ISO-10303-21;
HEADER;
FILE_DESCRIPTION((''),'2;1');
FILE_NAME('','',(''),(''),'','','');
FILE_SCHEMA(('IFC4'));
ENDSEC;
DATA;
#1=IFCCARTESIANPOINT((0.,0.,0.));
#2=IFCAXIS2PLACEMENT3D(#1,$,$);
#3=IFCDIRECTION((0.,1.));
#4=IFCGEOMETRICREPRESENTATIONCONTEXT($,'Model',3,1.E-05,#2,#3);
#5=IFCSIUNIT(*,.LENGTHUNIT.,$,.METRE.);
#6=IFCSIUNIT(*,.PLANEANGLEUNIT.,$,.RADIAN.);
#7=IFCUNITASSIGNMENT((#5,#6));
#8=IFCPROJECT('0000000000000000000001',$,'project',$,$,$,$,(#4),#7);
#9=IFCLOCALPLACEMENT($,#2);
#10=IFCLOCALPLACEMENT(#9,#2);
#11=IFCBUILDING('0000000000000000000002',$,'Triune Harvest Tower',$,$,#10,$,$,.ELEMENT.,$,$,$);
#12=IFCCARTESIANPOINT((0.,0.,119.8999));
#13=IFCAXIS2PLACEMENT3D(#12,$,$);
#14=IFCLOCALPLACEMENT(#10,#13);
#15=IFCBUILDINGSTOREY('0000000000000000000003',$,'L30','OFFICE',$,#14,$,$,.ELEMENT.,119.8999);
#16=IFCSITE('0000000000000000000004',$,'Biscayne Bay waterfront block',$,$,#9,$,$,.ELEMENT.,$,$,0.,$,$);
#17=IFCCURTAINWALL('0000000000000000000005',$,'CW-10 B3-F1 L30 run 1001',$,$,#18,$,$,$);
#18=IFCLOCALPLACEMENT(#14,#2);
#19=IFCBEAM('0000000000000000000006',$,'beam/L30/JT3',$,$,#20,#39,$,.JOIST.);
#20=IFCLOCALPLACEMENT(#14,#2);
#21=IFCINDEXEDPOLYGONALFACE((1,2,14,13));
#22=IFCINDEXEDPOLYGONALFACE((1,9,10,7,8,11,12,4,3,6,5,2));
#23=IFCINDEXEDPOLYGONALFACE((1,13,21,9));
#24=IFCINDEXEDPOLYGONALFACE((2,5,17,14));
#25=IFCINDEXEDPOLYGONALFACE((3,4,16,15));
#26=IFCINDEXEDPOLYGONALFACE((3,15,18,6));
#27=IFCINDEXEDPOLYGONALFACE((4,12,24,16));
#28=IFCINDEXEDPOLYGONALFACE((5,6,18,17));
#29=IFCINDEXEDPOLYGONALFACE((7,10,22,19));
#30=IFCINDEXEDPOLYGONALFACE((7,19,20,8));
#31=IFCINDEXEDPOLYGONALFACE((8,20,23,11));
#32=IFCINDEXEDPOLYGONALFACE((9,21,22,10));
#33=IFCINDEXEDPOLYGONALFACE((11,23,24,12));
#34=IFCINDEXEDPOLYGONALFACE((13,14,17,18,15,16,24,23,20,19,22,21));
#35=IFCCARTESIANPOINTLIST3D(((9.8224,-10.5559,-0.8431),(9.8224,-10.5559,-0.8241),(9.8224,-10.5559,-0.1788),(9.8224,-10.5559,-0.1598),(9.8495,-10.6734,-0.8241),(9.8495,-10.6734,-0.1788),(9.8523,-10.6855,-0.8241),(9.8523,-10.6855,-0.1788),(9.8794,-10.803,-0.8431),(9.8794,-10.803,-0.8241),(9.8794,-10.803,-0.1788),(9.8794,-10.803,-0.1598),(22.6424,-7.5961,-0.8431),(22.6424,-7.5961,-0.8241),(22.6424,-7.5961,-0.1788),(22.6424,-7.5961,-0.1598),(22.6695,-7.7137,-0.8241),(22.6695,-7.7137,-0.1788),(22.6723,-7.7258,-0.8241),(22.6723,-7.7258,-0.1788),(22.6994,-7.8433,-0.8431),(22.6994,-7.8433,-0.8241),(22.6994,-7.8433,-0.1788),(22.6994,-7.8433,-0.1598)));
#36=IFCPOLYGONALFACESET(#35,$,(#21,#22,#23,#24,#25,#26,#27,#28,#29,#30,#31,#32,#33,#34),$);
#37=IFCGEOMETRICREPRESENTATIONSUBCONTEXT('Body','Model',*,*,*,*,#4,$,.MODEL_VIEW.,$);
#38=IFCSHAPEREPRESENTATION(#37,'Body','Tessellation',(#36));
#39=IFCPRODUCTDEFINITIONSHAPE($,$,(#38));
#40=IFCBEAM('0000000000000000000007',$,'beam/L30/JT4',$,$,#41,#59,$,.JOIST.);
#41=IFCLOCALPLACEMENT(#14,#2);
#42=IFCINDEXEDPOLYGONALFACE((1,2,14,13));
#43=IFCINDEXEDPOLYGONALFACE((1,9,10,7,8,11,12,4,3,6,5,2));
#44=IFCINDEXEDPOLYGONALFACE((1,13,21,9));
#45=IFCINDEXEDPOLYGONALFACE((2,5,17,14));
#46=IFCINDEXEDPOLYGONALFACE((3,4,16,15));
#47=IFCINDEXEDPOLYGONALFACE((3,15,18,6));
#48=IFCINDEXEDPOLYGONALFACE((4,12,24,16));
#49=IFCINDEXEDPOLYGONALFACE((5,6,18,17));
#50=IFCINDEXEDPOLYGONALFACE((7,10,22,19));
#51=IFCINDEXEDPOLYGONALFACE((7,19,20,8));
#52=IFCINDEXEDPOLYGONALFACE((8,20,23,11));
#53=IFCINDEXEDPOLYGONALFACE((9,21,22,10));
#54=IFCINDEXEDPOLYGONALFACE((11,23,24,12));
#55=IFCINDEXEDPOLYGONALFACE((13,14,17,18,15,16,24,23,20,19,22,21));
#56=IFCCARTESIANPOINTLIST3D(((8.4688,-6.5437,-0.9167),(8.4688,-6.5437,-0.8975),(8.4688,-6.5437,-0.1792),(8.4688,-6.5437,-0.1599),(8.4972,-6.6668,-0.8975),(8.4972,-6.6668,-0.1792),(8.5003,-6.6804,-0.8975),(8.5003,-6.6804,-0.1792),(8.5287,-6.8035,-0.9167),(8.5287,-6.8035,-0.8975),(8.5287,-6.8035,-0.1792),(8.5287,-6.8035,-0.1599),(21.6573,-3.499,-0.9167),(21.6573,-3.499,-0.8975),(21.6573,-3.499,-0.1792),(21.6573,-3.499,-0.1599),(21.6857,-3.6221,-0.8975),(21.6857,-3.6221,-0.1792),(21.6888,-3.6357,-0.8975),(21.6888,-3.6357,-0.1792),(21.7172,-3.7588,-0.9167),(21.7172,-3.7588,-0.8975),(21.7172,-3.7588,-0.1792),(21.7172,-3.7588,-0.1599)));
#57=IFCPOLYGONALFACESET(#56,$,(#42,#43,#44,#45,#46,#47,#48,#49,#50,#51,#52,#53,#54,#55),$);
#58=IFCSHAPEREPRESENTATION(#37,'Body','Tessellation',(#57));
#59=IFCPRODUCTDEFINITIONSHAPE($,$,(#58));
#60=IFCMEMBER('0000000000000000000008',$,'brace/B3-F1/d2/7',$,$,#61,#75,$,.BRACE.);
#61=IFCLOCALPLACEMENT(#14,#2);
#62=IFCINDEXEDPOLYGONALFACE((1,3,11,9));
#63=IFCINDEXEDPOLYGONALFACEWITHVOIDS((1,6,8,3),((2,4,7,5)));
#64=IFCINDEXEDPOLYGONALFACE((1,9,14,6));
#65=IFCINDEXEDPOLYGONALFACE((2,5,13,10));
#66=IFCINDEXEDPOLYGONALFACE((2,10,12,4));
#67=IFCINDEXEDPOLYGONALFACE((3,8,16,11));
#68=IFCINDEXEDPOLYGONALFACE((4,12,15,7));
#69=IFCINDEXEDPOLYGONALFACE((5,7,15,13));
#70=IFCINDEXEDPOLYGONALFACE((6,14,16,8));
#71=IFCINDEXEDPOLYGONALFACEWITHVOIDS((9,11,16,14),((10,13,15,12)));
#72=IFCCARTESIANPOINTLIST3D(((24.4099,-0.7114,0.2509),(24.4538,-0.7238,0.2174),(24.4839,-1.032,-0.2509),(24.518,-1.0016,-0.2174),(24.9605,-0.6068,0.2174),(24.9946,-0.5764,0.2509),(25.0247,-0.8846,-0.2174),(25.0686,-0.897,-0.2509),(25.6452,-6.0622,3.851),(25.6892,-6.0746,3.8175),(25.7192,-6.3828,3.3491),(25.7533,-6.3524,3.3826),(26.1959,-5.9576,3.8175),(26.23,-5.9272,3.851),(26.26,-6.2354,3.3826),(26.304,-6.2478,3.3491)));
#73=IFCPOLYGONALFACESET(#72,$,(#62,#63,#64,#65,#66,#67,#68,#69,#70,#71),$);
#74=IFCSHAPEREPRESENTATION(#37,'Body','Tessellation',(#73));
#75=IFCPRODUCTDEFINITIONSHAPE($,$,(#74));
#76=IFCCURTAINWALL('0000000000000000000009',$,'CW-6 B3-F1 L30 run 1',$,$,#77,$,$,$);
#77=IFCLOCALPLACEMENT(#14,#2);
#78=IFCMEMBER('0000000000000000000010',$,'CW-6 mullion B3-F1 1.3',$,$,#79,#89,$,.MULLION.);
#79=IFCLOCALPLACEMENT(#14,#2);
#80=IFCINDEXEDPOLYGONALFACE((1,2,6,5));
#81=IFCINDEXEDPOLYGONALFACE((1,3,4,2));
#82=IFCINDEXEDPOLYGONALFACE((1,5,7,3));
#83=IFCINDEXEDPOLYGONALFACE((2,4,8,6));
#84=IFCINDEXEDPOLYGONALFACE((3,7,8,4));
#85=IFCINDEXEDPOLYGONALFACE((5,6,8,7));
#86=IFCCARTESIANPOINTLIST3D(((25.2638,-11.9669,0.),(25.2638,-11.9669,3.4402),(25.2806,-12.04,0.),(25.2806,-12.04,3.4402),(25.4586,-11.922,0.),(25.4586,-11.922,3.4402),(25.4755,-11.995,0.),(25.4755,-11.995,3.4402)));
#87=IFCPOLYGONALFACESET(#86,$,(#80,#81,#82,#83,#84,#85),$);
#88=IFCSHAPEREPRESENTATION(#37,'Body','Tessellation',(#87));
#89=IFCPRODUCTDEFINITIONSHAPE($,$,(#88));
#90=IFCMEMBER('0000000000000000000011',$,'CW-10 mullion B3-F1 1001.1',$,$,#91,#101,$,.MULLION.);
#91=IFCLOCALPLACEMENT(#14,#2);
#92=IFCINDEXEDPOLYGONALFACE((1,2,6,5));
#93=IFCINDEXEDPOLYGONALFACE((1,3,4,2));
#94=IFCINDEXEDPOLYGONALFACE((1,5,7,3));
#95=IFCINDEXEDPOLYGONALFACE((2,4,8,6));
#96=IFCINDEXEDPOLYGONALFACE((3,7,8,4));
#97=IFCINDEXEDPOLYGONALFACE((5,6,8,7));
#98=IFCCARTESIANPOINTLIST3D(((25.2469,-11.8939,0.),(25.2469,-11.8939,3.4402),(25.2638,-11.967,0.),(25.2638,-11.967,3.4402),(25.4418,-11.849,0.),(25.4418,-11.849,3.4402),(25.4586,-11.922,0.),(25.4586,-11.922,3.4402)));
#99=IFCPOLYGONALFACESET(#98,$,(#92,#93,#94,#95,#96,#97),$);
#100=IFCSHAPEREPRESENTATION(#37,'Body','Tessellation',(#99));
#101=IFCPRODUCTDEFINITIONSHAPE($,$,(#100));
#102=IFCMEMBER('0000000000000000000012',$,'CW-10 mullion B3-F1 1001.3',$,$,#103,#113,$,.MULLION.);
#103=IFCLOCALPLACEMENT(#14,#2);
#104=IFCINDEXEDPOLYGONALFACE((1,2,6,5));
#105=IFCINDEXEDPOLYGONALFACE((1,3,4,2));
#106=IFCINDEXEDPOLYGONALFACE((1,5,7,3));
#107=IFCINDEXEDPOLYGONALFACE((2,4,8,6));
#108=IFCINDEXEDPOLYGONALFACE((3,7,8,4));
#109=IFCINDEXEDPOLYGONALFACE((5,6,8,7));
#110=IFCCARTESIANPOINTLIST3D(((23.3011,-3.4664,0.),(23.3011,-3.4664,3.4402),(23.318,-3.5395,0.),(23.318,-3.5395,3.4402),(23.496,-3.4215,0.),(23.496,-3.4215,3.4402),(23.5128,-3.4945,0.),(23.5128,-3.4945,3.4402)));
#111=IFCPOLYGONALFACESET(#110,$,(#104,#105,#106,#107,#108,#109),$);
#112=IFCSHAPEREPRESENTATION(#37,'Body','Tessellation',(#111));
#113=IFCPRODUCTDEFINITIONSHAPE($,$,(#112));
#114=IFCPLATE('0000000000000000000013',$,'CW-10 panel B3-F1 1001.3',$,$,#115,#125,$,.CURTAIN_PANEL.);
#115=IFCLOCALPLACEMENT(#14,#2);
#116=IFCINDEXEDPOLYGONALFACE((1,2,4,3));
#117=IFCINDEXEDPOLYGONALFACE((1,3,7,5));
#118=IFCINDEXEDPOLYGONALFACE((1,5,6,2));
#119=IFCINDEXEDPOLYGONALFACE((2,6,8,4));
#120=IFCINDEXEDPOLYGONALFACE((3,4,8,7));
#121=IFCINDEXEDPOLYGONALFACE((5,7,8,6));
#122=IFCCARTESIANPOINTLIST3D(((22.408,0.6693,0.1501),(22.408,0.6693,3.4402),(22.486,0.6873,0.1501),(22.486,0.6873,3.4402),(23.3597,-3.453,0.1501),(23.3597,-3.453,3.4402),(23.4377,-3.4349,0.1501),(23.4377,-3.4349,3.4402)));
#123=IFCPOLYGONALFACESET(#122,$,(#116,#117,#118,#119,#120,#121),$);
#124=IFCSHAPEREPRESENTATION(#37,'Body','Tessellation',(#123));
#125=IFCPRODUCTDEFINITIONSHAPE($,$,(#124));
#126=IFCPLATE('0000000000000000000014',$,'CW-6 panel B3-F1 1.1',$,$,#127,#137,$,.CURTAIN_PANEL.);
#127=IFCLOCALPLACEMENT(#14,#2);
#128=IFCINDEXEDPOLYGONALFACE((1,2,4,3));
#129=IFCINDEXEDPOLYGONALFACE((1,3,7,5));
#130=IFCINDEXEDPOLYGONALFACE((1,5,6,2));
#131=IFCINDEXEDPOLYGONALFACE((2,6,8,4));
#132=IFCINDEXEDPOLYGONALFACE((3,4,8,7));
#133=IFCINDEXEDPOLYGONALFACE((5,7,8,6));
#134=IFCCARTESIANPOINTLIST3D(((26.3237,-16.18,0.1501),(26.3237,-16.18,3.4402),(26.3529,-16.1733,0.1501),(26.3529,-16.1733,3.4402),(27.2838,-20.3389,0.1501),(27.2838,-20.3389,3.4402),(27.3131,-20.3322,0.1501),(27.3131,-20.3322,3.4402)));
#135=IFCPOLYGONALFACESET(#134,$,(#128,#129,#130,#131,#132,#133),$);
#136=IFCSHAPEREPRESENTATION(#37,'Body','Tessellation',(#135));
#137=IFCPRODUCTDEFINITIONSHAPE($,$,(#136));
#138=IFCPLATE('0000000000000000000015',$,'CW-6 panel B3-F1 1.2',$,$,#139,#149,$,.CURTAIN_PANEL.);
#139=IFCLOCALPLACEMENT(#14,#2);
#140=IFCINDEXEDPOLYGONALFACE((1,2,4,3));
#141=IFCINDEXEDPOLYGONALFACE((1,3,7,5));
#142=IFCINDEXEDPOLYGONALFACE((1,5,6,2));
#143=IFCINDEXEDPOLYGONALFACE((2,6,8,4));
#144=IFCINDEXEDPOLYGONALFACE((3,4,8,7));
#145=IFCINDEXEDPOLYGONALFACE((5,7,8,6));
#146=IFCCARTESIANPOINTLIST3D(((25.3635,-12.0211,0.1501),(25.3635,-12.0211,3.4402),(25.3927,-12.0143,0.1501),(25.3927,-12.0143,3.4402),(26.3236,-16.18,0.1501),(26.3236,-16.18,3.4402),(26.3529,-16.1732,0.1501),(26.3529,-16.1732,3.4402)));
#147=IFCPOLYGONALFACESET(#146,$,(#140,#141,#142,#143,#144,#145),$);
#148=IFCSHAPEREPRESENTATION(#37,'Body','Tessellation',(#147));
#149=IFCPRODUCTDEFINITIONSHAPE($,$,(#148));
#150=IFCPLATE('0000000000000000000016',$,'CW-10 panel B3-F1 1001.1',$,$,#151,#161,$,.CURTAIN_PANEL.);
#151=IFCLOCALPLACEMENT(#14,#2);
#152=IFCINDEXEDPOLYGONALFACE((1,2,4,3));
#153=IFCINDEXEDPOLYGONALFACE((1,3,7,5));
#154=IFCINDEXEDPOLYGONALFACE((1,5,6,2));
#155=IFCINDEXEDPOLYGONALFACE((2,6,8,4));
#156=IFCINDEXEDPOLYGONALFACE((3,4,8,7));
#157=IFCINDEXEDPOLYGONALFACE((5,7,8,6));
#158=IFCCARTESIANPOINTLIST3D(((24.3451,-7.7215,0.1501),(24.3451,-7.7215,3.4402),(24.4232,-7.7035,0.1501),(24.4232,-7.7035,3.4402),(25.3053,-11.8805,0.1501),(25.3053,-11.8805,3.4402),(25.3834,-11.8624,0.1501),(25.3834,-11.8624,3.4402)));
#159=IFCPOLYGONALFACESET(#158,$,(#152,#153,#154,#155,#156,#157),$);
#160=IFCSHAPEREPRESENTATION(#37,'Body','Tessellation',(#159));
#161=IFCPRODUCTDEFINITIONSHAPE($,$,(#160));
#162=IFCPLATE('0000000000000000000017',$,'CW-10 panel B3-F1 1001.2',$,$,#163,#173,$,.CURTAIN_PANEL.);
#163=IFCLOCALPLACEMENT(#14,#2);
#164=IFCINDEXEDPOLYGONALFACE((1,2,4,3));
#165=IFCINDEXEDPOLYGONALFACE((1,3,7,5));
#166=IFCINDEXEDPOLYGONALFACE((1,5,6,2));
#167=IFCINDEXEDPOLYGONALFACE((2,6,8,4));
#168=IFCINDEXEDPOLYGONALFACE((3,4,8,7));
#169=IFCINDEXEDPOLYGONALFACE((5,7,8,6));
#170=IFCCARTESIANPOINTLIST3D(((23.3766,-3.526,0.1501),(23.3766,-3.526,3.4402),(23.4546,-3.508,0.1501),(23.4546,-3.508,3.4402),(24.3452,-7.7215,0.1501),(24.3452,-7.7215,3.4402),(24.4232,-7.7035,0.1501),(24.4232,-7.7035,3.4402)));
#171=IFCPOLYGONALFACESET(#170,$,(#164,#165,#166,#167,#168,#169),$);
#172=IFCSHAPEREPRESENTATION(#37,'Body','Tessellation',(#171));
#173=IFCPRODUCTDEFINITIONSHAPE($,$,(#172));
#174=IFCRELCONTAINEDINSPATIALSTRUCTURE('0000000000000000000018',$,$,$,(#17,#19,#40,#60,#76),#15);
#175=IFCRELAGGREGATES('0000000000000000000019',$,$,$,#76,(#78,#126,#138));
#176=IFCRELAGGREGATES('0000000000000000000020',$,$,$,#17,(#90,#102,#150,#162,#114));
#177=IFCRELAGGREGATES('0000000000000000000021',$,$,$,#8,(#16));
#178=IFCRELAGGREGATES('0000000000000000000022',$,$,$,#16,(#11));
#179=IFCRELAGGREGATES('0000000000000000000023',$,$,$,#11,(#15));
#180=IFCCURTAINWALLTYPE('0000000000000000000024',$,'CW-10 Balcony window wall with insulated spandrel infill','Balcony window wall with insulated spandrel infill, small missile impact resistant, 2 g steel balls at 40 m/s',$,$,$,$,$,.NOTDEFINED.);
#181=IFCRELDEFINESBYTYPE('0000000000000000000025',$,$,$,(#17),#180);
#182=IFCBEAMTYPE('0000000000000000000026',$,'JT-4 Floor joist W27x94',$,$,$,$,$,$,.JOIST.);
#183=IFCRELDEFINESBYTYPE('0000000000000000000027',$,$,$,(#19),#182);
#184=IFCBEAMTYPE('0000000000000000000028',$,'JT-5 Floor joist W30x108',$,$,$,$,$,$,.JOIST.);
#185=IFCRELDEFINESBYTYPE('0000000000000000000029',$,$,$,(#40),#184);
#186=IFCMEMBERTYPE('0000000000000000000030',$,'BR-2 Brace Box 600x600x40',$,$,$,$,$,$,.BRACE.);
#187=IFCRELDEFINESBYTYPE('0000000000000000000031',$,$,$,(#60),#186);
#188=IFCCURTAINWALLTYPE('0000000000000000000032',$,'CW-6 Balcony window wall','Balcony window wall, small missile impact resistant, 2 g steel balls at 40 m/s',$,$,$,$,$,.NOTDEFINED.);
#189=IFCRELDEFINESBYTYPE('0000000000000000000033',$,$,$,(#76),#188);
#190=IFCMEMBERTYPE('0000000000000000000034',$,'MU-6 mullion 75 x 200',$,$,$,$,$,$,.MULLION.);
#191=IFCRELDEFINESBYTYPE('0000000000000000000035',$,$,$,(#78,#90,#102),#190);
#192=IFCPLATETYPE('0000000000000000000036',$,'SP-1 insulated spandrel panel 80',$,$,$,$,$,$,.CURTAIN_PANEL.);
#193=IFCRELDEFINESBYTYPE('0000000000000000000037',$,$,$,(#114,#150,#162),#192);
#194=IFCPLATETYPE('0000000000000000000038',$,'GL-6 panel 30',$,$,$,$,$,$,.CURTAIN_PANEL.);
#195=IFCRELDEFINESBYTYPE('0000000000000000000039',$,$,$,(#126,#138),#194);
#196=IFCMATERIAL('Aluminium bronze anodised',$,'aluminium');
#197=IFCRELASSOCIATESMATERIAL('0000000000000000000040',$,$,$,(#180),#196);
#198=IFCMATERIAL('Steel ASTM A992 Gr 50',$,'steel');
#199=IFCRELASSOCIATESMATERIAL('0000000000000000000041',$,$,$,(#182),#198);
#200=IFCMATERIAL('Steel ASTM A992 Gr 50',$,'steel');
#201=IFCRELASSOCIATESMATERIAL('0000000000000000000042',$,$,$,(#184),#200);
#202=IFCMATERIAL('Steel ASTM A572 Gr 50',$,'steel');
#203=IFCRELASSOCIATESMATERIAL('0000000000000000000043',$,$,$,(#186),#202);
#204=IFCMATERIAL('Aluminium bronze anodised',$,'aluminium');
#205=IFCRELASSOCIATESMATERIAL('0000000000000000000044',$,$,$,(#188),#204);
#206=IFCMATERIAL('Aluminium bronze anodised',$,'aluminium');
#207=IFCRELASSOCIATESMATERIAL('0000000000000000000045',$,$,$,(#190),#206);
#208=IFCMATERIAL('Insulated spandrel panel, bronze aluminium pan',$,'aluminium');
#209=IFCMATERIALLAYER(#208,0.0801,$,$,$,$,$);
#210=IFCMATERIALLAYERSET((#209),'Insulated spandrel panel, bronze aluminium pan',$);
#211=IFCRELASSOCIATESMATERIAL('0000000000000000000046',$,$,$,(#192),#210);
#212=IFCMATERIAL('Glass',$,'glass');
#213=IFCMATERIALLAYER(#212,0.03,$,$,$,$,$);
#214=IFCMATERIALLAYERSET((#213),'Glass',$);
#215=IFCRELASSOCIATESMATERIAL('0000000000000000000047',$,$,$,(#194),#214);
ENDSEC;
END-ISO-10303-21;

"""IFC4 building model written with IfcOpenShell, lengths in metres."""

from ifc_helpers import new_model, si_unit, direction, frame, origin, origin_2d, place, context, subcontext, project, spatial, rectangle, hollow_rectangle, i_section, extrude, source, transform, mapped, material, layer, layer_set, material_profile, profile_set, type_object, element, aggregate, save


model = new_model("IFC4")

# Units and contexts
model_context = context("Model", 3, precision=1e-05, world=origin(), true_north=direction((0.0, 1.0)))
body_context = subcontext(model_context, "Body", "Model", "MODEL_VIEW")
ifc_project = project(units=[si_unit("LENGTHUNIT", "METRE"), si_unit("PLANEANGLEUNIT", "RADIAN")], contexts=[model_context])

# Site, building, storey
site_placement = place(None, origin())
site = spatial("IfcSite", under=ifc_project, at=site_placement, Name="Biscayne Bay waterfront block", CompositionType="ELEMENT", RefElevation=0.0)
building_placement = place(site_placement, origin())
building = spatial("IfcBuilding", under=site, at=building_placement, Name="Triune Harvest Tower", CompositionType="ELEMENT")
storey_placement = place(building_placement, frame((0.0, 0.0, 119.8999)))
storey = spatial("IfcBuildingStorey", under=building, at=storey_placement, Name="L30", Description="OFFICE", CompositionType="ELEMENT", Elevation=119.8999)

# Curtain wall
ifc_material_1 = material(Name="Aluminium bronze anodised", Category="aluminium")
curtain_wall_type_1 = type_object("IfcCurtainWallType", Name="CW-10 Balcony window wall with insulated spandrel infill", Description="Balcony window wall with insulated spandrel infill, small missile impact resistant, 2 g steel balls at 40 m/s", PredefinedType="NOTDEFINED", material=ifc_material_1)
curtain_wall_1_placement = place(storey_placement, origin())
curtain_wall_1 = element("IfcCurtainWall", 1, at=curtain_wall_1_placement, inside=storey, type_object=curtain_wall_type_1, Name="CW-10 B3-F1 L30 run 1001")

# Beams
ifc_material_2 = material(Name="Steel ASTM A992 Gr 50", Category="steel")
ifc_material_profile_1 = material_profile(ifc_material_2, i_section(OverallWidth=0.2537, OverallDepth=0.6833, WebThickness=0.0125, FlangeThickness=0.019, at=origin_2d()), Name="W27x94")
ifc_profile_set_1 = profile_set([ifc_material_profile_1], Name="Steel ASTM A992 Gr 50")
beam_type_1 = type_object("IfcBeamType", Name="JT-4 Floor joist W27x94", PredefinedType="JOIST", material=ifc_profile_set_1)
shared_shape_1 = source(origin(), body_context, "Body", "SweptSolid", [
    extrude(i_section(OverallWidth=0.2537, OverallDepth=0.6833, WebThickness=0.0125, FlangeThickness=0.019, at=origin_2d()), origin(), (0.0, 0.0, 1.0), 13.1572),
])
beam_1_placement = place(storey_placement, frame((22.6709, -7.7197, -0.5015), z_axis=(-0.974371, -0.224949, 0.0), x_axis=(0.224949, -0.974371, 0.0)))
element("IfcBeam", 2, at=beam_1_placement, inside=storey, type_object=beam_type_1, Name="beam/L30/JT3", PredefinedType="JOIST", context=body_context, shape_type="MappedRepresentation", body=[
    mapped(shared_shape_1, transform((0.0, 0.0, 0.0), scale=1.0)),
])
ifc_material_3 = material(Name="Steel ASTM A992 Gr 50", Category="steel")
ifc_material_profile_2 = material_profile(ifc_material_3, i_section(OverallWidth=0.2666, OverallDepth=0.7568, WebThickness=0.0139, FlangeThickness=0.0193, at=origin_2d()), Name="W30x108")
ifc_profile_set_2 = profile_set([ifc_material_profile_2], Name="Steel ASTM A992 Gr 50")
beam_type_2 = type_object("IfcBeamType", Name="JT-5 Floor joist W30x108", PredefinedType="JOIST", material=ifc_profile_set_2)
shared_shape_2 = source(origin(), body_context, "Body", "SweptSolid", [
    extrude(i_section(OverallWidth=0.2666, OverallDepth=0.7568, WebThickness=0.0139, FlangeThickness=0.0193, at=origin_2d()), origin(), (0.0, 0.0, 1.0), 13.5354),
])
beam_2_placement = place(storey_placement, frame((21.6873, -3.6289, -0.5383), z_axis=(-0.974372, -0.224942, 0.0), x_axis=(0.224942, -0.974372, 0.0)))
element("IfcBeam", 3, at=beam_2_placement, inside=storey, type_object=beam_type_2, Name="beam/L30/JT4", PredefinedType="JOIST", context=body_context, shape_type="MappedRepresentation", body=[
    mapped(shared_shape_2, transform((0.0, 0.0, 0.0), scale=1.0)),
])

# Member
ifc_material_4 = material(Name="Steel ASTM A572 Gr 50", Category="steel")
ifc_material_profile_3 = material_profile(ifc_material_4, hollow_rectangle(XDim=0.6001, YDim=0.6001, WallThickness=0.04, at=origin_2d()), Name="Box 600x600x40")
ifc_profile_set_3 = profile_set([ifc_material_profile_3], Name="Steel ASTM A572 Gr 50")
member_type_1 = type_object("IfcMemberType", Name="BR-2 Brace Box 600x600x40", PredefinedType="BRACE", material=ifc_profile_set_3)
shared_shape_3 = source(origin(), body_context, "Body", "SweptSolid", [
    extrude(hollow_rectangle(XDim=0.6001, YDim=0.6001, WallThickness=0.04, at=origin_2d()), origin(), (0.0, 0.0, 1.0), 6.5664),
])
member_1_placement = place(storey_placement, frame((24.7393, -0.8042, 0.0), z_axis=(0.188131, -0.814875, 0.548257), x_axis=(0.974369, 0.224954, 0.0)))
element("IfcMember", 4, at=member_1_placement, inside=storey, type_object=member_type_1, Name="brace/B3-F1/d2/7", PredefinedType="BRACE", context=body_context, shape_type="MappedRepresentation", body=[
    mapped(shared_shape_3, transform((0.0, 0.0, 0.0), scale=1.0)),
])

# Curtain wall, member
ifc_material_5 = material(Name="Aluminium bronze anodised", Category="aluminium")
curtain_wall_type_2 = type_object("IfcCurtainWallType", Name="CW-6 Balcony window wall", Description="Balcony window wall, small missile impact resistant, 2 g steel balls at 40 m/s", PredefinedType="NOTDEFINED", material=ifc_material_5)
curtain_wall_2_placement = place(storey_placement, origin())
curtain_wall_2 = element("IfcCurtainWall", 5, at=curtain_wall_2_placement, inside=storey, type_object=curtain_wall_type_2, Name="CW-6 B3-F1 L30 run 1")
ifc_material_6 = material(Name="Aluminium bronze anodised", Category="aluminium")
ifc_material_profile_4 = material_profile(ifc_material_6, rectangle(XDim=0.2, YDim=0.075, at=origin_2d()), Name="MU-6 mullion 75 x 200")
ifc_profile_set_4 = profile_set([ifc_material_profile_4], Name="Aluminium bronze anodised")
member_type_2 = type_object("IfcMemberType", Name="MU-6 mullion 75 x 200", PredefinedType="MULLION", material=ifc_profile_set_4)
shared_shape_4 = source(origin(), body_context, "Body", "SweptSolid", [
    extrude(rectangle(XDim=0.2, YDim=0.075, at=origin_2d()), origin(), (0.0, 0.0, 1.0), 3.4402),
])
member_2_placement = place(storey_placement, frame((25.3696, -11.981, 0.0), z_axis=(0.0, 0.0, 1.0), x_axis=(-0.974371, -0.224947, 0.0)))
member_2 = element("IfcMember", 6, at=member_2_placement, type_object=member_type_2, Name="CW-6 mullion B3-F1 1.3", PredefinedType="MULLION", context=body_context, shape_type="MappedRepresentation", body=[
    mapped(shared_shape_4, transform((0.0, 0.0, 0.0), scale=1.0)),
])

# Members
member_3_placement = place(storey_placement, frame((25.3528, -11.908, 0.0), z_axis=(0.0, 0.0, 1.0), x_axis=(-0.974368, -0.224958, 0.0)))
member_3 = element("IfcMember", 7, at=member_3_placement, type_object=member_type_2, Name="CW-10 mullion B3-F1 1001.1", PredefinedType="MULLION", context=body_context, shape_type="MappedRepresentation", body=[
    mapped(shared_shape_4, transform((0.0, 0.0, 0.0), scale=1.0)),
])
member_4_placement = place(storey_placement, frame((23.407, -3.4805, 0.0), z_axis=(0.0, 0.0, 1.0), x_axis=(-0.974368, -0.224958, 0.0)))
member_4 = element("IfcMember", 8, at=member_4_placement, type_object=member_type_2, Name="CW-10 mullion B3-F1 1001.3", PredefinedType="MULLION", context=body_context, shape_type="MappedRepresentation", body=[
    mapped(shared_shape_4, transform((0.0, 0.0, 0.0), scale=1.0)),
])

# Plates
ifc_material_7 = material(Name="Insulated spandrel panel, bronze aluminium pan", Category="aluminium")
ifc_layer_1 = layer(ifc_material_7, 0.0801)
ifc_layer_set_1 = layer_set([ifc_layer_1], Name="Insulated spandrel panel, bronze aluminium pan")
plate_type_1 = type_object("IfcPlateType", Name="SP-1 insulated spandrel panel 80", PredefinedType="CURTAIN_PANEL", material=ifc_layer_set_1)
plate_1_placement = place(storey_placement, frame((22.9229, -1.3828, 0.1501), z_axis=(0.0, 0.0, 1.0), x_axis=(-0.224958, 0.974368, 0.0)))
plate_1 = element("IfcPlate", 9, at=plate_1_placement, type_object=plate_type_1, Name="CW-10 panel B3-F1 1001.3", PredefinedType="CURTAIN_PANEL", context=body_context, shape_type="SweptSolid", body=[
    extrude(rectangle(XDim=4.2307, YDim=0.0801, at=origin_2d()), origin(), (0.0, 0.0, 1.0), 3.29),
])
ifc_material_8 = material(Name="Glass", Category="glass")
ifc_layer_2 = layer(ifc_material_8, 0.03)
ifc_layer_set_2 = layer_set([ifc_layer_2], Name="Glass")
plate_type_2 = type_object("IfcPlateType", Name="GL-6 panel 30", PredefinedType="CURTAIN_PANEL", material=ifc_layer_set_2)
shared_shape_5 = source(origin(), body_context, "Body", "SweptSolid", [
    extrude(rectangle(XDim=4.2683, YDim=0.03, at=origin_2d()), origin(), (0.0, 0.0, 1.0), 3.29),
])
plate_2_placement = place(storey_placement, frame((26.8184, -18.2561, 0.1501), z_axis=(0.0, 0.0, 1.0), x_axis=(-0.224947, 0.974371, 0.0)))
plate_2 = element("IfcPlate", 10, at=plate_2_placement, type_object=plate_type_2, Name="CW-6 panel B3-F1 1.1", PredefinedType="CURTAIN_PANEL", context=body_context, shape_type="MappedRepresentation", body=[
    mapped(shared_shape_5, transform((0.0, 0.0, 0.0), scale=1.0)),
])
plate_3_placement = place(storey_placement, frame((25.8582, -14.0972, 0.1501), z_axis=(0.0, 0.0, 1.0), x_axis=(-0.224947, 0.974371, 0.0)))
plate_3 = element("IfcPlate", 11, at=plate_3_placement, type_object=plate_type_2, Name="CW-6 panel B3-F1 1.2", PredefinedType="CURTAIN_PANEL", context=body_context, shape_type="MappedRepresentation", body=[
    mapped(shared_shape_5, transform((0.0, 0.0, 0.0), scale=1.0)),
])
aggregate(curtain_wall_2, [member_2, plate_2, plate_3])
shared_shape_6 = source(origin(), body_context, "Body", "SweptSolid", [
    extrude(rectangle(XDim=4.2683, YDim=0.0801, at=origin_2d()), origin(), (0.0, 0.0, 1.0), 3.29),
])
plate_4_placement = place(storey_placement, frame((24.8643, -9.792, 0.1501), z_axis=(0.0, 0.0, 1.0), x_axis=(-0.224958, 0.974368, 0.0)))
plate_4 = element("IfcPlate", 12, at=plate_4_placement, type_object=plate_type_1, Name="CW-10 panel B3-F1 1001.1", PredefinedType="CURTAIN_PANEL", context=body_context, shape_type="MappedRepresentation", body=[
    mapped(shared_shape_6, transform((0.0, 0.0, 0.0), scale=1.0)),
])
shared_shape_7 = source(origin(), body_context, "Body", "SweptSolid", [
    extrude(rectangle(XDim=4.3059, YDim=0.0801, at=origin_2d()), origin(), (0.0, 0.0, 1.0), 3.29),
])
plate_5_placement = place(storey_placement, frame((23.8999, -5.6147, 0.1501), z_axis=(0.0, 0.0, 1.0), x_axis=(-0.224958, 0.974368, 0.0)))
plate_5 = element("IfcPlate", 13, at=plate_5_placement, type_object=plate_type_1, Name="CW-10 panel B3-F1 1001.2", PredefinedType="CURTAIN_PANEL", context=body_context, shape_type="MappedRepresentation", body=[
    mapped(shared_shape_7, transform((0.0, 0.0, 0.0), scale=1.0)),
])
aggregate(curtain_wall_1, [member_3, member_4, plate_4, plate_5, plate_1])

save(model, "model.ifc")
